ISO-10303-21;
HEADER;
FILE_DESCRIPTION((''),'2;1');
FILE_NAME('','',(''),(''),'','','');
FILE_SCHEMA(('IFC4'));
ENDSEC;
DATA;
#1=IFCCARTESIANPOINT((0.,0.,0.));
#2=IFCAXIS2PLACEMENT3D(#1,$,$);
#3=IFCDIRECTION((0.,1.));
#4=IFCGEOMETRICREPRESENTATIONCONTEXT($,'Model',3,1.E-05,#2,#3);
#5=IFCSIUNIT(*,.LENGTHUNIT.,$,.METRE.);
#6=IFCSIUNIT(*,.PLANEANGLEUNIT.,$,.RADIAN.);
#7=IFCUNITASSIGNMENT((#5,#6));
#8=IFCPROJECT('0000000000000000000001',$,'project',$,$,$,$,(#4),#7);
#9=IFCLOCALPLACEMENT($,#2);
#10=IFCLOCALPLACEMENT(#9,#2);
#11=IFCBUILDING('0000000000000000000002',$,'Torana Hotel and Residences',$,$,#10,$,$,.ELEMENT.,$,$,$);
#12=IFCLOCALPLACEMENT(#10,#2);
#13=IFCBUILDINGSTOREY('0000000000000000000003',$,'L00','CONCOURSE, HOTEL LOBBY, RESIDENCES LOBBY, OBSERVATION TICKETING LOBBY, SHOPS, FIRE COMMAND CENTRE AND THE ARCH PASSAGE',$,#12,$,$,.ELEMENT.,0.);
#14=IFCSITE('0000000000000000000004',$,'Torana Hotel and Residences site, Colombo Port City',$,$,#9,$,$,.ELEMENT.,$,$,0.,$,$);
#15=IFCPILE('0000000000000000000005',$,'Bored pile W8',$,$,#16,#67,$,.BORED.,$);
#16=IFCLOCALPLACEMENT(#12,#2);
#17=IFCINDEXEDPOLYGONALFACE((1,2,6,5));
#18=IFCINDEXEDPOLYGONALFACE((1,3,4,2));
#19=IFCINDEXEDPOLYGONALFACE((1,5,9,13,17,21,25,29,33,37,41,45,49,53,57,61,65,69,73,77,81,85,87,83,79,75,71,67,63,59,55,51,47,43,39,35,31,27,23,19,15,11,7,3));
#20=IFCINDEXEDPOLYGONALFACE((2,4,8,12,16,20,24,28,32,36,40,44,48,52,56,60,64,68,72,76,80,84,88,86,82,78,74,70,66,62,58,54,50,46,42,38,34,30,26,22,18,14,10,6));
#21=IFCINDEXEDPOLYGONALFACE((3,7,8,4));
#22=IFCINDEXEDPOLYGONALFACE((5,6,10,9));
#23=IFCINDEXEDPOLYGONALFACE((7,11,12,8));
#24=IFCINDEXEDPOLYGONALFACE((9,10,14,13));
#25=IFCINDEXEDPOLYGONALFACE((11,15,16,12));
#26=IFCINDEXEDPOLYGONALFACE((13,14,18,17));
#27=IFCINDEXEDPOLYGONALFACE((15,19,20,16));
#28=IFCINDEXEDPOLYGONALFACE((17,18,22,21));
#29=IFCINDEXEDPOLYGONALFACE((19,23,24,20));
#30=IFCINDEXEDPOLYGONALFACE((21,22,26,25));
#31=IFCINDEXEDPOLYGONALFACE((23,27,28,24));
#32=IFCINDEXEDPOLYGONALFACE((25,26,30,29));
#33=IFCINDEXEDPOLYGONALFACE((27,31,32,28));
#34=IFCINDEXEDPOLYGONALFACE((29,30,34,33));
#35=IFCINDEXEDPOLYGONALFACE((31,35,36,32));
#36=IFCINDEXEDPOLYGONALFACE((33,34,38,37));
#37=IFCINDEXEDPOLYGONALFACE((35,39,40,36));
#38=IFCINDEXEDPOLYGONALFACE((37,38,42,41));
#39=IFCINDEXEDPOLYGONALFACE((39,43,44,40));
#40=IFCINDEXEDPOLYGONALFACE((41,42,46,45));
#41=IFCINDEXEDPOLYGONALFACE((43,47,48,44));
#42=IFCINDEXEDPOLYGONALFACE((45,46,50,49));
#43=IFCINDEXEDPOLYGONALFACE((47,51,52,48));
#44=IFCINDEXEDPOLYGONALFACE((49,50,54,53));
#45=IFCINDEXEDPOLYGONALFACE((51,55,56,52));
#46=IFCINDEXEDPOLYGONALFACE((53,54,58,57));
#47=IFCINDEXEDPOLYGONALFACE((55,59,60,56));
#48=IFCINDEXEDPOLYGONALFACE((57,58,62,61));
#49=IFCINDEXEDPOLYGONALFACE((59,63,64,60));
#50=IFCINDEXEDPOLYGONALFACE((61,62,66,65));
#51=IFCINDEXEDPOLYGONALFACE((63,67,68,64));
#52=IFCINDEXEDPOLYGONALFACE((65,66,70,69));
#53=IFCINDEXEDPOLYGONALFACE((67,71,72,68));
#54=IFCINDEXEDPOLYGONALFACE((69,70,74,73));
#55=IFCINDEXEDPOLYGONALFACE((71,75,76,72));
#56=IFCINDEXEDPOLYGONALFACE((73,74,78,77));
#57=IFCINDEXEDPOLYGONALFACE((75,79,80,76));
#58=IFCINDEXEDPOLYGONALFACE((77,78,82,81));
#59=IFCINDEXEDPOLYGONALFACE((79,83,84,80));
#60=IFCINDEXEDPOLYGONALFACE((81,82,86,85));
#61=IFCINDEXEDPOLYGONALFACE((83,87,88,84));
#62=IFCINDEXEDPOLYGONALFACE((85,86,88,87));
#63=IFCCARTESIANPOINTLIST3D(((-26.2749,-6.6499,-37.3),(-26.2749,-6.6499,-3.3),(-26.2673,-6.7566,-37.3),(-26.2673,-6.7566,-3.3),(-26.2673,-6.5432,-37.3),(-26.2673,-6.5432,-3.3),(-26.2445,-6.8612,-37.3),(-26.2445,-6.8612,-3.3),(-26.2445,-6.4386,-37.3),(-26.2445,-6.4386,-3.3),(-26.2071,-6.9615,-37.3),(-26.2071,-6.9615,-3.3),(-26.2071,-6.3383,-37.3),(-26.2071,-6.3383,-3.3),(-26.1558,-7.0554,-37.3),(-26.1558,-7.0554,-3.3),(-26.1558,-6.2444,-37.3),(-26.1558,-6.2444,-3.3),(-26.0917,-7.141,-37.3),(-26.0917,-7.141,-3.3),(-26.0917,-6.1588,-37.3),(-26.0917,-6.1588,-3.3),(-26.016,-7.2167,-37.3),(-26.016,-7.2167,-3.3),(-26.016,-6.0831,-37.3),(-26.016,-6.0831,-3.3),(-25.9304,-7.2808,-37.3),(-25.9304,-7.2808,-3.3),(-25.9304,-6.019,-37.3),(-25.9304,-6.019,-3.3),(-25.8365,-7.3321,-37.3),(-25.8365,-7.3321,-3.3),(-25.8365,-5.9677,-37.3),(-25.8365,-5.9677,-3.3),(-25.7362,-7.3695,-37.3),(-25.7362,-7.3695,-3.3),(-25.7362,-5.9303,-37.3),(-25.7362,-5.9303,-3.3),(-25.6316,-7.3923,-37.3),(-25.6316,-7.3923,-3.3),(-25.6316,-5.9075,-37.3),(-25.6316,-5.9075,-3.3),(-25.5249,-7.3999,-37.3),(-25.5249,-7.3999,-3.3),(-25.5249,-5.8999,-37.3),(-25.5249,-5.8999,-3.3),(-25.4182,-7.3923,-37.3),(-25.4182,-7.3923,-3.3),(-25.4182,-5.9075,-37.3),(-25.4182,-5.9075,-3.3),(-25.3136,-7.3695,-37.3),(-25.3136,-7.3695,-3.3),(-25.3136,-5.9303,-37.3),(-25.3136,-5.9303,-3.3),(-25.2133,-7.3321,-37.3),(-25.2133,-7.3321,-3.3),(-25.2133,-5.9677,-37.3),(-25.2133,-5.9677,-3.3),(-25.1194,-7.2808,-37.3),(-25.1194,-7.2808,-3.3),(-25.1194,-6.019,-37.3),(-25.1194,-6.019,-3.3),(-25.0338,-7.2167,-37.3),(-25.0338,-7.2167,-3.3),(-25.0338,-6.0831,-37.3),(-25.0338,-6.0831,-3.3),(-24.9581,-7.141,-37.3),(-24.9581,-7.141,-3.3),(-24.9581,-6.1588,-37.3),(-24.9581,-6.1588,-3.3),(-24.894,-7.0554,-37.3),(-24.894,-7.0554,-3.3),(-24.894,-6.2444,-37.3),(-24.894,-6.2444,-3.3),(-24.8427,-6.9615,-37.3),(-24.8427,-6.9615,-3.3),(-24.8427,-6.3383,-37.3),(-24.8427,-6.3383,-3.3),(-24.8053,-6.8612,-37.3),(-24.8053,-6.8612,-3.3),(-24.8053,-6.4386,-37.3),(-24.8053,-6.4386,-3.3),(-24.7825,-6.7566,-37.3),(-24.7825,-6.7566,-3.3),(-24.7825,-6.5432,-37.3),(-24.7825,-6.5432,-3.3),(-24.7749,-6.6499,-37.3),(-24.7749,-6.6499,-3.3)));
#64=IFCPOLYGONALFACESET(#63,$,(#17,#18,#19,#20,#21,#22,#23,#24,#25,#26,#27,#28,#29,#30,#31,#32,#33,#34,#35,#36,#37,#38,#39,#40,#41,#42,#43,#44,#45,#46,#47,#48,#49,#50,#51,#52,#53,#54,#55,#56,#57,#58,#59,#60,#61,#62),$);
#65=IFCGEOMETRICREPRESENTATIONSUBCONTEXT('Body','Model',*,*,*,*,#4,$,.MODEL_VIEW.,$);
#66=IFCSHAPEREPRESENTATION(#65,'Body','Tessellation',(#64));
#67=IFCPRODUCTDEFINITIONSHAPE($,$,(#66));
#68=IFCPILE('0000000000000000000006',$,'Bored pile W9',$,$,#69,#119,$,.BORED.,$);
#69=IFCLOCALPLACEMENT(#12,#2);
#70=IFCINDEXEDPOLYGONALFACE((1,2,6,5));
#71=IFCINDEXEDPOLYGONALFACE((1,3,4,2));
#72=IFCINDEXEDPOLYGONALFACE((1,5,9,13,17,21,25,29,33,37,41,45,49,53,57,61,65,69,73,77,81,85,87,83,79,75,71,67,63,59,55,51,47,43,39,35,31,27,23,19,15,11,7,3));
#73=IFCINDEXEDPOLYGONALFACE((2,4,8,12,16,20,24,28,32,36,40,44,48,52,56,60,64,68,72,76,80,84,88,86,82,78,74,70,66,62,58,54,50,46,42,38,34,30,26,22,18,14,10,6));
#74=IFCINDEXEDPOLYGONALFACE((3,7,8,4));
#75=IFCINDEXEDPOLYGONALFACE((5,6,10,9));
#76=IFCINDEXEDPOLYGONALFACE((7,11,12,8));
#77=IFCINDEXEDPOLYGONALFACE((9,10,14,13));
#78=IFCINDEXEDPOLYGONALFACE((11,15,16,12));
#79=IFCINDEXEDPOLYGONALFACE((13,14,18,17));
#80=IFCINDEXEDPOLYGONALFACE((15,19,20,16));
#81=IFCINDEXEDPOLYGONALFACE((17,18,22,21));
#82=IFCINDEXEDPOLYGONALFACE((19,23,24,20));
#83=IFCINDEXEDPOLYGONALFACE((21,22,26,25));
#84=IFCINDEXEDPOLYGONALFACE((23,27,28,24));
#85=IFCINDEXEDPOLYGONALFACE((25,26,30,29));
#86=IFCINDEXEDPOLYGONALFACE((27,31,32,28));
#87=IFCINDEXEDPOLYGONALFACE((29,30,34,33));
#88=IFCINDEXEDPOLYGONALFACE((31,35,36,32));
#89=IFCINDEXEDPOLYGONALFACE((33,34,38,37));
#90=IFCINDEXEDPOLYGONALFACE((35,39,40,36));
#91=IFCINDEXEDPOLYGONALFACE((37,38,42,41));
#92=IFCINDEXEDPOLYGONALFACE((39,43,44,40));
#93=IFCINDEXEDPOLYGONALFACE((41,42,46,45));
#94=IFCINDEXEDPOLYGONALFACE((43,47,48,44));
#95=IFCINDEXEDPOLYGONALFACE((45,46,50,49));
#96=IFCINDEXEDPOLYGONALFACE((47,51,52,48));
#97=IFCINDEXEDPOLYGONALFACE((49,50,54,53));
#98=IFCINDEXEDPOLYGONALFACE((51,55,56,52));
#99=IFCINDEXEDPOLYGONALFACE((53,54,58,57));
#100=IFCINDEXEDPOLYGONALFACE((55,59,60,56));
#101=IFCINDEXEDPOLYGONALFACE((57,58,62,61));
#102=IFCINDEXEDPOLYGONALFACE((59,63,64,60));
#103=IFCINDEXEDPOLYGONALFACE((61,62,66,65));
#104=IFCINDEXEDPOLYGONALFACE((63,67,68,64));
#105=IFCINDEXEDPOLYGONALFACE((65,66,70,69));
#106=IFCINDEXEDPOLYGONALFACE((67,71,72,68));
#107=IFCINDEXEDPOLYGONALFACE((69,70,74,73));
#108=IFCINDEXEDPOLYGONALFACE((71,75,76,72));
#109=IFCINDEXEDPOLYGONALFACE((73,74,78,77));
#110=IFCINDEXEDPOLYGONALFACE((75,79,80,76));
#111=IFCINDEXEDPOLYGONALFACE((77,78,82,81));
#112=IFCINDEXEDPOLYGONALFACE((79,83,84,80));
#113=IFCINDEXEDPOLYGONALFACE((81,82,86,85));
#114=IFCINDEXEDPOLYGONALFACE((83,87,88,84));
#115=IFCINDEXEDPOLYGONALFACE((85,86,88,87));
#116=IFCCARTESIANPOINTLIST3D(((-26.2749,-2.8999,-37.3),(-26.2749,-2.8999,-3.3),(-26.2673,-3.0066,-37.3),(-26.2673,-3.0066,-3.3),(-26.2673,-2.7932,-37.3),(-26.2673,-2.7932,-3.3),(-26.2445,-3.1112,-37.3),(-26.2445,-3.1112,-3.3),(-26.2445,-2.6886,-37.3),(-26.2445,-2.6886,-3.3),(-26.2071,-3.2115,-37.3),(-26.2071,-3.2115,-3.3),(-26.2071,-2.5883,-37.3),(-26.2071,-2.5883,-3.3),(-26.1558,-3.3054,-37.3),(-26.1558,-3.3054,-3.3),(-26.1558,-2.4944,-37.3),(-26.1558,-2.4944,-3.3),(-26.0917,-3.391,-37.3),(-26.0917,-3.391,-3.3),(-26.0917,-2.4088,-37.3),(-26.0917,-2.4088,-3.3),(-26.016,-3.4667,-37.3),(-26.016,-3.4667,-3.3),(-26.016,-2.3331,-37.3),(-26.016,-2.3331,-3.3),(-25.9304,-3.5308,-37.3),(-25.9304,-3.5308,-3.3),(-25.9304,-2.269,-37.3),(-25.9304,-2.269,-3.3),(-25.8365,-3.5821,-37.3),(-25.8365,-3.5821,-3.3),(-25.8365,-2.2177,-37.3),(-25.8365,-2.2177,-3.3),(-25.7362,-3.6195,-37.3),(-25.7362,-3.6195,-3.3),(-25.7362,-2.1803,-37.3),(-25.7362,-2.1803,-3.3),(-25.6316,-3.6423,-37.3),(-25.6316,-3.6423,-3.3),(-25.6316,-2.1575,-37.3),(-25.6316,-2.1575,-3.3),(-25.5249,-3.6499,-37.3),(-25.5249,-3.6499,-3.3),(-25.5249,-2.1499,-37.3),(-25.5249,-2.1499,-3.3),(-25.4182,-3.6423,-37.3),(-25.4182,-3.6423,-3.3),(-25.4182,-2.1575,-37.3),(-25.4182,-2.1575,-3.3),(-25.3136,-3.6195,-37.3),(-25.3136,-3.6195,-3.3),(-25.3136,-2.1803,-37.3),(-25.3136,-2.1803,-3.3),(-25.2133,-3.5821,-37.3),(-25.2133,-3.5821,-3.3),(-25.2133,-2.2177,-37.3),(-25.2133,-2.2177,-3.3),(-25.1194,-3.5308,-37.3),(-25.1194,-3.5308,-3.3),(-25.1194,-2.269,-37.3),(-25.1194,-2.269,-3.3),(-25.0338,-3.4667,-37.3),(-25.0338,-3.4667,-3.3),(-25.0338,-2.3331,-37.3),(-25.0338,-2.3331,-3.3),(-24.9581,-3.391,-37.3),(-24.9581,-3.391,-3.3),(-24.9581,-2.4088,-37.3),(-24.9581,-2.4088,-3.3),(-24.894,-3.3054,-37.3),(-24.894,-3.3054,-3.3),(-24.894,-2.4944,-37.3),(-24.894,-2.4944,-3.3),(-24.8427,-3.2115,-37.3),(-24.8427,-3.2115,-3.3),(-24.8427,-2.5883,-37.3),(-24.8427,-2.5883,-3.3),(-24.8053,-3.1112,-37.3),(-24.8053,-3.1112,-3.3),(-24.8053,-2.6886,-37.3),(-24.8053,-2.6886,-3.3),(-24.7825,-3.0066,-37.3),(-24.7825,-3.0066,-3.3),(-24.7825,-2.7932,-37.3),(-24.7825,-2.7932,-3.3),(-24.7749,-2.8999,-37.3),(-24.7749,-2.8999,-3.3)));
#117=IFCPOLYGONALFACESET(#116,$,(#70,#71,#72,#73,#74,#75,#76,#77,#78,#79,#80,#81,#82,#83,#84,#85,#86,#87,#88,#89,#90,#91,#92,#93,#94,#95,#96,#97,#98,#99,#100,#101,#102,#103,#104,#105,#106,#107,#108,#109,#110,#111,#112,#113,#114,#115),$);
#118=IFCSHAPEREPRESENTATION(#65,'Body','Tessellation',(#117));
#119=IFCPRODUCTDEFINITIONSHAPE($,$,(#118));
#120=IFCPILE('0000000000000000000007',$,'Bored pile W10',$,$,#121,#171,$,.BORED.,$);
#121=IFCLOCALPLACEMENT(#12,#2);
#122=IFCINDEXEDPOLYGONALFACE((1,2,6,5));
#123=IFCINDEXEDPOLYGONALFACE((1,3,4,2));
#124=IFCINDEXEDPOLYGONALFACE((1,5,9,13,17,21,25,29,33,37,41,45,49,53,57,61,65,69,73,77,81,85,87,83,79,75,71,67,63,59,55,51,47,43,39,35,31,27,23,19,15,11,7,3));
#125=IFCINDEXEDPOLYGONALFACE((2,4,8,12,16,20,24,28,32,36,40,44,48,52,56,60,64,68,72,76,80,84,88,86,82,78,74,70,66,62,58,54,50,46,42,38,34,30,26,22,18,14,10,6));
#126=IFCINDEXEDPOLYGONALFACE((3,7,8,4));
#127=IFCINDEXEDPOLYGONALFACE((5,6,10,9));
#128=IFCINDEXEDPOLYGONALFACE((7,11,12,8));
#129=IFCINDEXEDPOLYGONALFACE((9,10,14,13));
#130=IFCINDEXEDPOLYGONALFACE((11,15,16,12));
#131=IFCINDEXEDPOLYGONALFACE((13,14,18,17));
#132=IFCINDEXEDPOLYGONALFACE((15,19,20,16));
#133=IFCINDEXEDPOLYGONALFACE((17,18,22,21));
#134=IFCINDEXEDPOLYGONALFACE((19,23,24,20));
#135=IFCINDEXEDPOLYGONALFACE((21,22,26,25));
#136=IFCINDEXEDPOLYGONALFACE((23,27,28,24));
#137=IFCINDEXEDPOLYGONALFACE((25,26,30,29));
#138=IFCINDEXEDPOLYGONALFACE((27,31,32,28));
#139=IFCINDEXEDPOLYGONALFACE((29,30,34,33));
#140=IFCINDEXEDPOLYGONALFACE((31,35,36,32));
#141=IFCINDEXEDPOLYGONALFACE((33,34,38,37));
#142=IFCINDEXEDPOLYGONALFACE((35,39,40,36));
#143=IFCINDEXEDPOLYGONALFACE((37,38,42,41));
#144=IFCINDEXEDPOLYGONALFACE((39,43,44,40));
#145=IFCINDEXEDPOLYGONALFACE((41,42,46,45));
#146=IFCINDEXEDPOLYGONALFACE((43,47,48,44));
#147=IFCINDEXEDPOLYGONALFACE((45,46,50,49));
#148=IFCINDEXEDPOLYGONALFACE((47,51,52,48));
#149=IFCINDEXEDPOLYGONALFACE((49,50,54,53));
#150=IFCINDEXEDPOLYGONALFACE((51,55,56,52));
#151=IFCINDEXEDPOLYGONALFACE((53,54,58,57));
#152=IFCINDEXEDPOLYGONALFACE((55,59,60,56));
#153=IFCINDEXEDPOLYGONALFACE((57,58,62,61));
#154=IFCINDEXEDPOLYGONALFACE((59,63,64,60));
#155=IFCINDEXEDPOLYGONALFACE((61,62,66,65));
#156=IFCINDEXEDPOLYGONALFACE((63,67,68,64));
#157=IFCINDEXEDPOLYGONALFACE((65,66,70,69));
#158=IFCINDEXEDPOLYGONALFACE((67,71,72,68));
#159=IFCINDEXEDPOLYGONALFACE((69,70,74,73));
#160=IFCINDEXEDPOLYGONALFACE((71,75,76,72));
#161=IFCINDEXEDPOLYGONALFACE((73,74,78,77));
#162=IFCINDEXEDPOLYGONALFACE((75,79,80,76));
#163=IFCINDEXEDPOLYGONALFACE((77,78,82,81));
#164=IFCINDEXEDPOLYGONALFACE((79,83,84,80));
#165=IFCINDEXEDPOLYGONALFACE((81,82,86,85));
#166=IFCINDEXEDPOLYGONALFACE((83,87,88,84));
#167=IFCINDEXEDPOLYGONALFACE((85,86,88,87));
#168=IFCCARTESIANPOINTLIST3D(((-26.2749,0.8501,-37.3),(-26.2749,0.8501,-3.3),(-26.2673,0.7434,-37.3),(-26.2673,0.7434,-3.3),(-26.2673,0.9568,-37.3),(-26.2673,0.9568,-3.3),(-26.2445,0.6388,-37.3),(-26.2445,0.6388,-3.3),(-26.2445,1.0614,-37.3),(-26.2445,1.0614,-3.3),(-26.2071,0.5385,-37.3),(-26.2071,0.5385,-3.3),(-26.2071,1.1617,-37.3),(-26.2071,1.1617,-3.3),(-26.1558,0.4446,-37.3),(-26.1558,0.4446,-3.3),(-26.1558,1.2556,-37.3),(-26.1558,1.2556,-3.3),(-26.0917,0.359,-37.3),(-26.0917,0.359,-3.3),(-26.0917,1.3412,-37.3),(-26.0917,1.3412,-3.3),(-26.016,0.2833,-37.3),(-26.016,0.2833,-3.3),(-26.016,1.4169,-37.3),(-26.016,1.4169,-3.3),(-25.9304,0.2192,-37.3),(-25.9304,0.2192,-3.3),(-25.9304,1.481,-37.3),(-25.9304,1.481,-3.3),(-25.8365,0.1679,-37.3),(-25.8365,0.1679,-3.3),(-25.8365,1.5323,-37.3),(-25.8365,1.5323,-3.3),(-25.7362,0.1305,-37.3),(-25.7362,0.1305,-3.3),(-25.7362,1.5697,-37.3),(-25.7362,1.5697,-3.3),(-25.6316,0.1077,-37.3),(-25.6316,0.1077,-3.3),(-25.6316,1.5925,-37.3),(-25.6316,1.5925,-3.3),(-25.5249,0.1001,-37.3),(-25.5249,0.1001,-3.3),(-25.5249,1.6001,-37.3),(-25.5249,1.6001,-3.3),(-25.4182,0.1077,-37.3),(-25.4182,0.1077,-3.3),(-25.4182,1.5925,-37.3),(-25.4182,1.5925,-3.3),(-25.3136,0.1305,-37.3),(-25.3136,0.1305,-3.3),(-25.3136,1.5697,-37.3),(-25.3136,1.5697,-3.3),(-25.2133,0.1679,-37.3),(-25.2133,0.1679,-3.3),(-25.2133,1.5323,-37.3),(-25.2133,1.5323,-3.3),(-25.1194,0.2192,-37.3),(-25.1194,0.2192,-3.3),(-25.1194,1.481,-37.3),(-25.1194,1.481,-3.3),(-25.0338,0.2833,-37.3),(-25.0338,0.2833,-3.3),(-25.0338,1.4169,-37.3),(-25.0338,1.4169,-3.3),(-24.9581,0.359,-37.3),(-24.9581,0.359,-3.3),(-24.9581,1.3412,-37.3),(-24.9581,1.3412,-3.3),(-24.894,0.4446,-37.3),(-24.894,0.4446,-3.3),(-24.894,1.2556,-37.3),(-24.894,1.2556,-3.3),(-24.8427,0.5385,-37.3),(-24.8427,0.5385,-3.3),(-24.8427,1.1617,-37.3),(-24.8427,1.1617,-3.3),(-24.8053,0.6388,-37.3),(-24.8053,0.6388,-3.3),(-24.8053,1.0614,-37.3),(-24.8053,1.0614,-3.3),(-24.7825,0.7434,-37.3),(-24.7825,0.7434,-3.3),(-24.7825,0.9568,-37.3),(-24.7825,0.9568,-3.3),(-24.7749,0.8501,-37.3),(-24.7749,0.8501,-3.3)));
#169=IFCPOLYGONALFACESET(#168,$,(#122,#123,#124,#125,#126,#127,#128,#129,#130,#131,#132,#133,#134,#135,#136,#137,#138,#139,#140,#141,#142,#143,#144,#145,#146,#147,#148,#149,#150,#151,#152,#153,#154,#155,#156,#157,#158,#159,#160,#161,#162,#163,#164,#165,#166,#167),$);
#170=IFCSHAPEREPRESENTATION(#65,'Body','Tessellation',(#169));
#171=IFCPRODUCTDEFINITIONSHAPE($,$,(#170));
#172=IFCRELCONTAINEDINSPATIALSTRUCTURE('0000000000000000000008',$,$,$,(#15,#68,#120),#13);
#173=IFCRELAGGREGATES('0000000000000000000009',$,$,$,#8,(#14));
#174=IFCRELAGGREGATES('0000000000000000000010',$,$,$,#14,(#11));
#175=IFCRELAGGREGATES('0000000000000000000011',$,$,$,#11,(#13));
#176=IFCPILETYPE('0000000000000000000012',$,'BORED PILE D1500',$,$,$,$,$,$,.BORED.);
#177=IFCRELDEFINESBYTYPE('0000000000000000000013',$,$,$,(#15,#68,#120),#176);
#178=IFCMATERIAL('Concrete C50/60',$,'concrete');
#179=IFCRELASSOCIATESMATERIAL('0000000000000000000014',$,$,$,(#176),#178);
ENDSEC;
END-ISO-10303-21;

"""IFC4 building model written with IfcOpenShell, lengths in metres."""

from ifc_helpers import new_model, si_unit, direction, frame, origin, origin_2d, place, context, subcontext, project, spatial, circle, extrude, material, type_object, element, save


model = new_model("IFC4")

# Units and contexts
model_context = context("Model", 3, precision=1e-05, world=origin(), true_north=direction((0.0, 1.0)))
body_context = subcontext(model_context, "Body", "Model", "MODEL_VIEW")
ifc_project = project(units=[si_unit("LENGTHUNIT", "METRE"), si_unit("PLANEANGLEUNIT", "RADIAN")], contexts=[model_context])

# Site, building, storey
site_placement = place(None, origin())
site = spatial("IfcSite", under=ifc_project, at=site_placement, Name="Torana Hotel and Residences site, Colombo Port City", CompositionType="ELEMENT", RefElevation=0.0)
building_placement = place(site_placement, origin())
building = spatial("IfcBuilding", under=site, at=building_placement, Name="Torana Hotel and Residences", CompositionType="ELEMENT")
storey_placement = place(building_placement, origin())
storey = spatial("IfcBuildingStorey", under=building, at=storey_placement, Name="L00", Description="CONCOURSE, HOTEL LOBBY, RESIDENCES LOBBY, OBSERVATION TICKETING LOBBY, SHOPS, FIRE COMMAND CENTRE AND THE ARCH PASSAGE", CompositionType="ELEMENT", Elevation=0.0)

# Piles
ifc_material_1 = material(Name="Concrete C50/60", Category="concrete")
pile_type = type_object("IfcPileType", Name="BORED PILE D1500", PredefinedType="BORED", material=ifc_material_1)
for number, where, z_axis, x_axis, name in (
    (1, (-25.5249, -6.6499, -3.3), (0.0, 0.0, -1.0), (1.0, 0.0, 0.0), "Bored pile W8"),
    (2, (-25.5249, -2.8999, -3.3), (0.0, 0.0, -1.0), (1.0, 0.0, 0.0), "Bored pile W9"),
    (3, (-25.5249, 0.8501, -3.3), (0.0, 0.0, -1.0), (1.0, 0.0, 0.0), "Bored pile W10"),
):
    element("IfcPile", number, at=place(storey_placement, frame(where, z_axis=z_axis, x_axis=x_axis)), inside=storey, type_object=pile_type, Name=name, PredefinedType="BORED", context=body_context, shape_type="SweptSolid", body=[
        extrude(circle(Radius=0.75, at=origin_2d()), origin(), (0.0, 0.0, 1.0), 34.0),
    ])

save(model, "model.ifc")
